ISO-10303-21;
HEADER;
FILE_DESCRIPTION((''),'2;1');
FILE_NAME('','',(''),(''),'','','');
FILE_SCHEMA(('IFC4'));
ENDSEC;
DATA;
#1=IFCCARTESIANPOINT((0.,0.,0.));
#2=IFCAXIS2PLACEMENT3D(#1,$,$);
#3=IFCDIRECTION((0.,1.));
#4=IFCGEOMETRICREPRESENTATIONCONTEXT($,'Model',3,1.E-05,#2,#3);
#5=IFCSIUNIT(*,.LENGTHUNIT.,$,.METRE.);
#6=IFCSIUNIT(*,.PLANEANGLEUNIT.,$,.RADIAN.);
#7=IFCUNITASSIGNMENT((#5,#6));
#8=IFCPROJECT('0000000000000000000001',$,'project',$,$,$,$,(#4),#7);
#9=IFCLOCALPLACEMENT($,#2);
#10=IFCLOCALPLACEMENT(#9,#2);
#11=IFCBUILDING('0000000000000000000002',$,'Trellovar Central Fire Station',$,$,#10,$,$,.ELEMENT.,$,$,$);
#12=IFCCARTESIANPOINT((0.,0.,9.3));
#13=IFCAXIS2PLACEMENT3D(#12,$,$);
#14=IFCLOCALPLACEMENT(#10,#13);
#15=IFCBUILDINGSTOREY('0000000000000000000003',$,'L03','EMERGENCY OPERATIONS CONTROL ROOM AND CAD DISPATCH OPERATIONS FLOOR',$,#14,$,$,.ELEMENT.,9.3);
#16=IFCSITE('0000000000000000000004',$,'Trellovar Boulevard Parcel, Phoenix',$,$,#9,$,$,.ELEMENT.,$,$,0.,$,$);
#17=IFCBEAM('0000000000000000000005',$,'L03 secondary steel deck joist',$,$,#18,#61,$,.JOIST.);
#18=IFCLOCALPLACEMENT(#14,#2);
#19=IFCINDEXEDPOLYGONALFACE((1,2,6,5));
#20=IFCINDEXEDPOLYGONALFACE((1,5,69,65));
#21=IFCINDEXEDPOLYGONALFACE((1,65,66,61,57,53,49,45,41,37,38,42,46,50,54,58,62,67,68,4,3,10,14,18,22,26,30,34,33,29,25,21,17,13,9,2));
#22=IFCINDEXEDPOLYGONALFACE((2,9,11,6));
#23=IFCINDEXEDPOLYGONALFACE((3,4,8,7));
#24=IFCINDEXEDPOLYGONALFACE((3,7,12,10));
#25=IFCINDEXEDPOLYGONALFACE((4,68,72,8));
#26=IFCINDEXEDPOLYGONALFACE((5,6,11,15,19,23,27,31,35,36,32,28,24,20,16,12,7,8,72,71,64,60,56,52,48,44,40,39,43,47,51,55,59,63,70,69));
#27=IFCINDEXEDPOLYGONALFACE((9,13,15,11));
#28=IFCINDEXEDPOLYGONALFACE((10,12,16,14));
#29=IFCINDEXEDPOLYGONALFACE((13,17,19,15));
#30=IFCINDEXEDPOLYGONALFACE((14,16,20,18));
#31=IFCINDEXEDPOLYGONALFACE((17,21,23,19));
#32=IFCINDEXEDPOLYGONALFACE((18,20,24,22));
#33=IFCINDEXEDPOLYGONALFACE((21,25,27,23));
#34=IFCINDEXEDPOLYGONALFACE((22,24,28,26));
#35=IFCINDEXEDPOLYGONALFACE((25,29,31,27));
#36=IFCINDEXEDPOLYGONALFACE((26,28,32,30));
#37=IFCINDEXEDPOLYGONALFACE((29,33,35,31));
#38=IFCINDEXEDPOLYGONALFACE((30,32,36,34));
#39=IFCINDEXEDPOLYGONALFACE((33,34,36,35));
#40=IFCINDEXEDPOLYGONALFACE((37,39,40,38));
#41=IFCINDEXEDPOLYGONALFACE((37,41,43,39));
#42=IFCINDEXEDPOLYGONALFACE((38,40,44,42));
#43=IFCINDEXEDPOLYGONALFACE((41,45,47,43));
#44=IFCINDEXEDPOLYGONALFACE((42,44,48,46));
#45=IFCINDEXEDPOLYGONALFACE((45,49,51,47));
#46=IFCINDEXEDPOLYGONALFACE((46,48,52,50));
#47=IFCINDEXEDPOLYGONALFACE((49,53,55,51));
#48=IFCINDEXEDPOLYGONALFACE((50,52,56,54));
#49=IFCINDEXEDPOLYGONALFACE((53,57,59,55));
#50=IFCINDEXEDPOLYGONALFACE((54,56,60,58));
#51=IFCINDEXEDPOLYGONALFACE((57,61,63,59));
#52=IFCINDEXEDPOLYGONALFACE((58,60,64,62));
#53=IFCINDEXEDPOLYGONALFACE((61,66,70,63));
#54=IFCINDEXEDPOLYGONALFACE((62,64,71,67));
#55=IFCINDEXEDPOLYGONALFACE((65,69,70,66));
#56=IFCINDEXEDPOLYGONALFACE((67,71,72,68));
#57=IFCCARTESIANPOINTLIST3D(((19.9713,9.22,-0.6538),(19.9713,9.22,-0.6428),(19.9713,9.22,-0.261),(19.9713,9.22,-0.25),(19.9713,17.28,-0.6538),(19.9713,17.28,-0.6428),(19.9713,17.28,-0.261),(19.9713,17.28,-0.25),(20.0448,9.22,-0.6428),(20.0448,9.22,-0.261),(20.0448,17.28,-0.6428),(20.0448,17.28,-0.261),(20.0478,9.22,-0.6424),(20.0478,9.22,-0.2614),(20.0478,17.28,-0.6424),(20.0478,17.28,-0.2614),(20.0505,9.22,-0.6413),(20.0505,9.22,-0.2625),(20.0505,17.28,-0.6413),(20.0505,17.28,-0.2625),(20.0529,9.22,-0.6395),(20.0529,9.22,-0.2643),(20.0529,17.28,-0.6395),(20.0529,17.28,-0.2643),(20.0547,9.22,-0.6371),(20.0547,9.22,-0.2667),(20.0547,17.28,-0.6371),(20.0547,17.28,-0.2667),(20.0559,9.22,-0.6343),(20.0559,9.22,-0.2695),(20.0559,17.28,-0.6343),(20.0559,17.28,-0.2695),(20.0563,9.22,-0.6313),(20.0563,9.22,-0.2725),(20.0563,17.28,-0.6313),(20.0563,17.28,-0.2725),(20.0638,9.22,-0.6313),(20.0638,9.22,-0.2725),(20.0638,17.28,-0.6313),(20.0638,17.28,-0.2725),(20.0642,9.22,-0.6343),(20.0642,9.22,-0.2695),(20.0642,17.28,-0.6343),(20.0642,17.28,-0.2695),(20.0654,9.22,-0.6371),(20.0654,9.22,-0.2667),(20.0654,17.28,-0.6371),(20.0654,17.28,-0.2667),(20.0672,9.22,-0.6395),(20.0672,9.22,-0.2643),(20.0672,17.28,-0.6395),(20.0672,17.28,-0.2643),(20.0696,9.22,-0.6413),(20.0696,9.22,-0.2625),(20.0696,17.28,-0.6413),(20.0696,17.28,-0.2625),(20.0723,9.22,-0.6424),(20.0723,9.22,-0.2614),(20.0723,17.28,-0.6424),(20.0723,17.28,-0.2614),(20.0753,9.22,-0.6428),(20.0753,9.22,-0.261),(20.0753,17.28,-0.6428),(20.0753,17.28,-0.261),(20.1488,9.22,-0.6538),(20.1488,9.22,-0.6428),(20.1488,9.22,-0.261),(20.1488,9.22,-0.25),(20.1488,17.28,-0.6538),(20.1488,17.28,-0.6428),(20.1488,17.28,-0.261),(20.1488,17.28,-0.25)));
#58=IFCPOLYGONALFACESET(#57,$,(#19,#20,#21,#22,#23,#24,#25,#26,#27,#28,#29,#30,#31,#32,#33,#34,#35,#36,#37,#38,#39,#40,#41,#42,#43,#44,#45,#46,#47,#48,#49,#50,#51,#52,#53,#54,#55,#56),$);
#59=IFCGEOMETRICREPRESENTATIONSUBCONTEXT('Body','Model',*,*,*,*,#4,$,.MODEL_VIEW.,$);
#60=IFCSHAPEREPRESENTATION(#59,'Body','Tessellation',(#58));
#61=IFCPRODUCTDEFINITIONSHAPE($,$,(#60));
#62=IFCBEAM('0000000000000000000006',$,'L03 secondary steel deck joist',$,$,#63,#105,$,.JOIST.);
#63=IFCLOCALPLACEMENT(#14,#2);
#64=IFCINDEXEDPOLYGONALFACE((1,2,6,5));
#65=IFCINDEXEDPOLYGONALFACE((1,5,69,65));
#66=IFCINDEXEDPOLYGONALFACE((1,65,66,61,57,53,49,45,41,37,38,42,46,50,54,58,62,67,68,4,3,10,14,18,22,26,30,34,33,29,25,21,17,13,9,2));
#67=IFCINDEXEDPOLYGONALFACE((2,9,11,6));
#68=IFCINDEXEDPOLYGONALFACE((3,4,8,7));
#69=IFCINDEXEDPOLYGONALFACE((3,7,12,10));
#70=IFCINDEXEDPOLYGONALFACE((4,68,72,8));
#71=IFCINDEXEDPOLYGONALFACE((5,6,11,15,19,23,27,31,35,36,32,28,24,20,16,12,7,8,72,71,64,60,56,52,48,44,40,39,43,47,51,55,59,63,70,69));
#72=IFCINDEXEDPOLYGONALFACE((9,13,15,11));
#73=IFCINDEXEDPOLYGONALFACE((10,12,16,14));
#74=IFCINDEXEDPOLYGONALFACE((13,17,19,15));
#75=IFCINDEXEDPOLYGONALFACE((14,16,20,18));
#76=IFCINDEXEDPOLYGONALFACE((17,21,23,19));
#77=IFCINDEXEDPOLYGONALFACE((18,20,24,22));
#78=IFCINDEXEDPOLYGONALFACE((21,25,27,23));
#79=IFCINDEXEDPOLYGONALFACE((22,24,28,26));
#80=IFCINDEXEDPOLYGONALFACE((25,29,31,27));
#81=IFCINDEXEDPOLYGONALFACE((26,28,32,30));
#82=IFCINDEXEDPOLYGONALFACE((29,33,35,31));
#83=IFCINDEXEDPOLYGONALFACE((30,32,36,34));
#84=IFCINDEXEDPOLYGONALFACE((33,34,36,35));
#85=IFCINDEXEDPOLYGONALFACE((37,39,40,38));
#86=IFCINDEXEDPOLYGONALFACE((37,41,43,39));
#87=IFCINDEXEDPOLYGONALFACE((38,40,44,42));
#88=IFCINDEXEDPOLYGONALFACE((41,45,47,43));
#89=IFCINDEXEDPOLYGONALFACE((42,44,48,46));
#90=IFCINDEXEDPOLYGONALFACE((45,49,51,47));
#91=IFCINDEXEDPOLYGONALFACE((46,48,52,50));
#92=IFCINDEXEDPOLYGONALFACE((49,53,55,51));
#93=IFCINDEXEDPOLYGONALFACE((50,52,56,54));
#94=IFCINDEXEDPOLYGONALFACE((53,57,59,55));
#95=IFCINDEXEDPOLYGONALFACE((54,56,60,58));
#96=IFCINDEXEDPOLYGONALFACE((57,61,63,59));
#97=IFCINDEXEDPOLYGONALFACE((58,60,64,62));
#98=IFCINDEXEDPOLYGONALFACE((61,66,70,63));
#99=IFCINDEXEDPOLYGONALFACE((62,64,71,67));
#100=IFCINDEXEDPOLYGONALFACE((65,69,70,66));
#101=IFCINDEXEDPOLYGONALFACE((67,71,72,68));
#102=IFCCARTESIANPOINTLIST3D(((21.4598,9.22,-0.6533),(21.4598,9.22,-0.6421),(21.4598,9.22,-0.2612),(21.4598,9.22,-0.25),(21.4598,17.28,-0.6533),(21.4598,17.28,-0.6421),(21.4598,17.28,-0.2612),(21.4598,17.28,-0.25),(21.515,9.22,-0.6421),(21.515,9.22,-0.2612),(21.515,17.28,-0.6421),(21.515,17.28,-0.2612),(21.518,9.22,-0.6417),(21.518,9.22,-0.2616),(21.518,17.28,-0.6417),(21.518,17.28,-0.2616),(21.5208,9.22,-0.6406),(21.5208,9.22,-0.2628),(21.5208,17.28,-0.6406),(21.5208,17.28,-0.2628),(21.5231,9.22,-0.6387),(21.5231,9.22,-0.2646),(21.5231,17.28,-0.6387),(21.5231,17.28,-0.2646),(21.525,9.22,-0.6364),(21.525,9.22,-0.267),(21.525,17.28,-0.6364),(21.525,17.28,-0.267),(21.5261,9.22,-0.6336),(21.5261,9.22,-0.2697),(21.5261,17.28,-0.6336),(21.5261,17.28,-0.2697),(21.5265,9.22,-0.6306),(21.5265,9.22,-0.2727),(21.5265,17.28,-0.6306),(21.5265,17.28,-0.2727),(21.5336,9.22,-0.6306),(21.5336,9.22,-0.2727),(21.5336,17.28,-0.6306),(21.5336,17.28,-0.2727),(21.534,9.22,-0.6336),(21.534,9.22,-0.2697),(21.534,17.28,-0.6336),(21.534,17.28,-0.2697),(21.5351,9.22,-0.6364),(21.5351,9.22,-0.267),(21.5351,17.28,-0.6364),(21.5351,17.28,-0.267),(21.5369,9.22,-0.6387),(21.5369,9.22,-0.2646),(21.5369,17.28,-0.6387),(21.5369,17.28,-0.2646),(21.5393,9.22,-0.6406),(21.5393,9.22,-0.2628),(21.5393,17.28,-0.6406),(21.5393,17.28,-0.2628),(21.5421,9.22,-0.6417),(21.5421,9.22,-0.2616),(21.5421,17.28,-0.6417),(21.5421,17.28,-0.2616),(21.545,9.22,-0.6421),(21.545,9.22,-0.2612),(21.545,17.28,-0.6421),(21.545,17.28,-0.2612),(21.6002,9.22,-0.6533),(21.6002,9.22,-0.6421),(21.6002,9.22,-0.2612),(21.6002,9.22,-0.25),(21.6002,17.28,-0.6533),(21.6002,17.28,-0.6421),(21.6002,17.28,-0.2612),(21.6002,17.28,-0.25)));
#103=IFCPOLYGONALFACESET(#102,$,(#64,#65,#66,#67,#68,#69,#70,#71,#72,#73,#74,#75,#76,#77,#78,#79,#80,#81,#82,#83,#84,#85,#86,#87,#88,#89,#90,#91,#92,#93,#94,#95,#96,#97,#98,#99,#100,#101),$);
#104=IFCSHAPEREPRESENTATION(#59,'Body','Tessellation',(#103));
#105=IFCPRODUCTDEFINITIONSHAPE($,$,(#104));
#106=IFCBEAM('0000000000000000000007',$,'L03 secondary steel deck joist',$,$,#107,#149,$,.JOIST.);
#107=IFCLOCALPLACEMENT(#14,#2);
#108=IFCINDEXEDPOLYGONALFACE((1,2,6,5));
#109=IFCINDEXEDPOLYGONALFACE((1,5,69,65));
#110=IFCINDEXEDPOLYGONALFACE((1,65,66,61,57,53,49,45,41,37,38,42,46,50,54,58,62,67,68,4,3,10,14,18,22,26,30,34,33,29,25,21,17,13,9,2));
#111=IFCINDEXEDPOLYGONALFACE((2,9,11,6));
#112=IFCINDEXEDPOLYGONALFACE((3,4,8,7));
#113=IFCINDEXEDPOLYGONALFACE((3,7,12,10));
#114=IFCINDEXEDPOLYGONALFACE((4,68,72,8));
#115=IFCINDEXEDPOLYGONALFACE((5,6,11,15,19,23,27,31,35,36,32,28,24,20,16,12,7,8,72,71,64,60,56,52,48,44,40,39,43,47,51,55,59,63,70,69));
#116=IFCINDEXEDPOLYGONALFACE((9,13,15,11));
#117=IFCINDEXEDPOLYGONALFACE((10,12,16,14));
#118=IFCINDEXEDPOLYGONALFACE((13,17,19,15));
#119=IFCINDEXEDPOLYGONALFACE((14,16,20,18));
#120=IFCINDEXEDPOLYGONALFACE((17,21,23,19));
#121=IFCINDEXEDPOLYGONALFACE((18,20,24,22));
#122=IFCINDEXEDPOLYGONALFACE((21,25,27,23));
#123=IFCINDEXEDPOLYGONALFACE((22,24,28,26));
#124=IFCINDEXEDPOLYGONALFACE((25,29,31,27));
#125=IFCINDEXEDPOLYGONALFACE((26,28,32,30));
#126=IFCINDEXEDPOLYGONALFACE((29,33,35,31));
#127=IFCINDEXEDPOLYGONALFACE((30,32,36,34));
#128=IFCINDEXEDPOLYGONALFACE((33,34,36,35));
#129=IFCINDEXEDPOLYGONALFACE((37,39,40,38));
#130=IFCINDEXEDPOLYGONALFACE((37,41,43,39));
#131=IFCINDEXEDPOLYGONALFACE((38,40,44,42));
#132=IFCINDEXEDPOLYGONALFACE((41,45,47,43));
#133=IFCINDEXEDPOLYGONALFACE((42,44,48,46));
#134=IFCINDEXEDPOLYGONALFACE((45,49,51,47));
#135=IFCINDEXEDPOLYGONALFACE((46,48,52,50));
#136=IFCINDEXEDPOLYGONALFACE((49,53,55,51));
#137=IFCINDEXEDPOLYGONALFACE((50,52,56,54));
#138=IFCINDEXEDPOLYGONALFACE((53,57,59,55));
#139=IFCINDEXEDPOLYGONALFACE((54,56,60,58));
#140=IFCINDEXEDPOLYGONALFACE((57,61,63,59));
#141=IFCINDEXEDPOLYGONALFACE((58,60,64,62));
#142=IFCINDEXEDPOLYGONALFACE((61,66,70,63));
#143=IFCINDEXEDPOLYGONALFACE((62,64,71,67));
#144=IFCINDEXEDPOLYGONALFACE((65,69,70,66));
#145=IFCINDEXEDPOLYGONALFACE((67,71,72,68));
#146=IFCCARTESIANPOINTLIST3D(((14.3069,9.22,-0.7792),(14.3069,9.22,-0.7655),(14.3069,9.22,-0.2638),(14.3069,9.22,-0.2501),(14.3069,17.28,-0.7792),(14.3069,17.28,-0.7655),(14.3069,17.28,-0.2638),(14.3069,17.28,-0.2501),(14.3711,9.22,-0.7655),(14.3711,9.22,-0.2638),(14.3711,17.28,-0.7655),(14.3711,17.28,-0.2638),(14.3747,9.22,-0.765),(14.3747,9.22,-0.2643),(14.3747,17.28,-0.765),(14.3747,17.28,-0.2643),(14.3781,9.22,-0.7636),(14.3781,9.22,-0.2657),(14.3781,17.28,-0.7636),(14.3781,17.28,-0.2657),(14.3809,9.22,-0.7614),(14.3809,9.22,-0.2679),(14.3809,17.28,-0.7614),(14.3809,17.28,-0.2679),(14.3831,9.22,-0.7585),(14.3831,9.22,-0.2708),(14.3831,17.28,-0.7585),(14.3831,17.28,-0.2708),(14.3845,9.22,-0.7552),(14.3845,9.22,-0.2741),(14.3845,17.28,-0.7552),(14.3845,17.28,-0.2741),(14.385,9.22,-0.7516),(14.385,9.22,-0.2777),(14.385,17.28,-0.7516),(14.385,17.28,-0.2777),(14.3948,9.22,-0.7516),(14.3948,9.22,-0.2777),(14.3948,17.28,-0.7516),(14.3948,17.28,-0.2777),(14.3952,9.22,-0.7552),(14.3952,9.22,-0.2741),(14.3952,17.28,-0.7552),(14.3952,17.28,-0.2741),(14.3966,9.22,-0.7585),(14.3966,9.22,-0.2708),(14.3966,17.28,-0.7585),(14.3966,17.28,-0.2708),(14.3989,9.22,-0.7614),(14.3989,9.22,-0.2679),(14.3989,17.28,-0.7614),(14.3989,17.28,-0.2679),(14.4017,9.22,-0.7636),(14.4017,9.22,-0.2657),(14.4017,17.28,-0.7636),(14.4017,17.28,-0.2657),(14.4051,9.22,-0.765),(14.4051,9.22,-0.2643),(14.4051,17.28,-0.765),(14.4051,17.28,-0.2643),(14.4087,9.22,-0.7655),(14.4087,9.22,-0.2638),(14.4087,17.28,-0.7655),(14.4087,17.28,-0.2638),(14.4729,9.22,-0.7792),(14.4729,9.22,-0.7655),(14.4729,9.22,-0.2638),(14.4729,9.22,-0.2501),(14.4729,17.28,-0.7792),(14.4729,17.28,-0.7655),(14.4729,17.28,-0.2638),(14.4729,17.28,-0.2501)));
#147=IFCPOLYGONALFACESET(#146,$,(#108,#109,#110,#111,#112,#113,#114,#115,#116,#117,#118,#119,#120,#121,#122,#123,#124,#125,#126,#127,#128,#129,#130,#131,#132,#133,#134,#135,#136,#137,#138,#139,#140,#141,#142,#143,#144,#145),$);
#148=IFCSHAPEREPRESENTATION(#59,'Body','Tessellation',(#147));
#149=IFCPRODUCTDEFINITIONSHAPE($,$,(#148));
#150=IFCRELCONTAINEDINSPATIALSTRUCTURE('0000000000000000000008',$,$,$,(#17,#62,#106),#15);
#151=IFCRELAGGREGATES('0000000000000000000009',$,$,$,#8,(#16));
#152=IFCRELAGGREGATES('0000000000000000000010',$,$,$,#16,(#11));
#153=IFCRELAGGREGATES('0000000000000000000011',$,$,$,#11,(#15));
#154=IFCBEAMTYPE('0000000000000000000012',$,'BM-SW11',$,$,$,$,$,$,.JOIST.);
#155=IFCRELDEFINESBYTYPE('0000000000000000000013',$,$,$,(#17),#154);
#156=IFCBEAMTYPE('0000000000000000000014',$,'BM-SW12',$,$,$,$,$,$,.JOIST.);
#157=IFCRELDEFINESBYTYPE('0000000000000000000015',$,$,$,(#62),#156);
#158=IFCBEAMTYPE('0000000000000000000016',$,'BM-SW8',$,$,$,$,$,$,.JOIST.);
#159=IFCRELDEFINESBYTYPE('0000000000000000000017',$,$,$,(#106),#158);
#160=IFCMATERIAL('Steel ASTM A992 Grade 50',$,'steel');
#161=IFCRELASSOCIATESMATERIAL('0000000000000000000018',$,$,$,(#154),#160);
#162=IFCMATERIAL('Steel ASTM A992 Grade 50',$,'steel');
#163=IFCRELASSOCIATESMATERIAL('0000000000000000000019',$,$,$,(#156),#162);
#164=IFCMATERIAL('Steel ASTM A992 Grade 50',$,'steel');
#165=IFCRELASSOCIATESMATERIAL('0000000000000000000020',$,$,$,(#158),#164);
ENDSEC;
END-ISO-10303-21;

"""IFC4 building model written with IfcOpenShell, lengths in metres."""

from ifc_helpers import new_model, si_unit, direction, frame, origin, origin_2d, place, context, subcontext, project, spatial, i_section, extrude, material, material_profile, profile_set, type_object, element, save


model = new_model("IFC4")

# Units and contexts
model_context = context("Model", 3, precision=1e-05, world=origin(), true_north=direction((0.0, 1.0)))
body_context = subcontext(model_context, "Body", "Model", "MODEL_VIEW")
ifc_project = project(units=[si_unit("LENGTHUNIT", "METRE"), si_unit("PLANEANGLEUNIT", "RADIAN")], contexts=[model_context])

# Site, building, storey
site_placement = place(None, origin())
site = spatial("IfcSite", under=ifc_project, at=site_placement, Name="Trellovar Boulevard Parcel, Phoenix", CompositionType="ELEMENT", RefElevation=0.0)
building_placement = place(site_placement, origin())
building = spatial("IfcBuilding", under=site, at=building_placement, Name="Trellovar Central Fire Station", CompositionType="ELEMENT")
storey_placement = place(building_placement, frame((0.0, 0.0, 9.3)))
storey = spatial("IfcBuildingStorey", under=building, at=storey_placement, Name="L03", Description="EMERGENCY OPERATIONS CONTROL ROOM AND CAD DISPATCH OPERATIONS FLOOR", CompositionType="ELEMENT", Elevation=9.3)

# Beams
ifc_material_1 = material(Name="Steel ASTM A992 Grade 50", Category="steel")
ifc_material_profile_1 = material_profile(ifc_material_1, i_section(OverallWidth=0.1775, OverallDepth=0.4038, WebThickness=0.0076, FlangeThickness=0.011, FilletRadius=0.0115, at=origin_2d()), Name="W16X36")
ifc_profile_set_1 = profile_set([ifc_material_profile_1], Name="Steel ASTM A992 Grade 50")
beam_type_1 = type_object("IfcBeamType", Name="BM-SW11", PredefinedType="JOIST", material=ifc_profile_set_1)
beam_1_placement = place(storey_placement, frame((20.0601, 9.22, -0.4519), z_axis=(0.0, 1.0, 0.0), x_axis=(-1.0, 0.0, 0.0)))
element("IfcBeam", 1, at=beam_1_placement, inside=storey, type_object=beam_type_1, Name="L03 secondary steel deck joist", PredefinedType="JOIST", context=body_context, shape_type="SweptSolid", body=[
    extrude(i_section(OverallWidth=0.1775, OverallDepth=0.4038, WebThickness=0.0076, FlangeThickness=0.011, FilletRadius=0.0115, at=origin_2d()), origin(), (0.0, 0.0, 1.0), 8.0601),
])
ifc_material_2 = material(Name="Steel ASTM A992 Grade 50", Category="steel")
ifc_material_profile_2 = material_profile(ifc_material_2, i_section(OverallWidth=0.1404, OverallDepth=0.4033, WebThickness=0.0071, FlangeThickness=0.0112, FilletRadius=0.0115, at=origin_2d()), Name="W16X31")
ifc_profile_set_2 = profile_set([ifc_material_profile_2], Name="Steel ASTM A992 Grade 50")
beam_type_2 = type_object("IfcBeamType", Name="BM-SW12", PredefinedType="JOIST", material=ifc_profile_set_2)
beam_2_placement = place(storey_placement, frame((21.53, 9.22, -0.4517), z_axis=(0.0, 1.0, 0.0), x_axis=(-1.0, 0.0, 0.0)))
element("IfcBeam", 2, at=beam_2_placement, inside=storey, type_object=beam_type_2, Name="L03 secondary steel deck joist", PredefinedType="JOIST", context=body_context, shape_type="SweptSolid", body=[
    extrude(i_section(OverallWidth=0.1404, OverallDepth=0.4033, WebThickness=0.0071, FlangeThickness=0.0112, FilletRadius=0.0115, at=origin_2d()), origin(), (0.0, 0.0, 1.0), 8.0601),
])
ifc_material_3 = material(Name="Steel ASTM A992 Grade 50", Category="steel")
ifc_material_profile_3 = material_profile(ifc_material_3, i_section(OverallWidth=0.166, OverallDepth=0.5291, WebThickness=0.0098, FlangeThickness=0.0137, FilletRadius=0.0139, at=origin_2d()), Name="W21X50")
ifc_profile_set_3 = profile_set([ifc_material_profile_3], Name="Steel ASTM A992 Grade 50")
beam_type_3 = type_object("IfcBeamType", Name="BM-SW8", PredefinedType="JOIST", material=ifc_profile_set_3)
beam_3_placement = place(storey_placement, frame((14.3899, 9.22, -0.5146), z_axis=(0.0, 1.0, 0.0), x_axis=(-1.0, 0.0, 0.0)))
element("IfcBeam", 3, at=beam_3_placement, inside=storey, type_object=beam_type_3, Name="L03 secondary steel deck joist", PredefinedType="JOIST", context=body_context, shape_type="SweptSolid", body=[
    extrude(i_section(OverallWidth=0.166, OverallDepth=0.5291, WebThickness=0.0098, FlangeThickness=0.0137, FilletRadius=0.0139, at=origin_2d()), origin(), (0.0, 0.0, 1.0), 8.0601),
])

save(model, "model.ifc")
